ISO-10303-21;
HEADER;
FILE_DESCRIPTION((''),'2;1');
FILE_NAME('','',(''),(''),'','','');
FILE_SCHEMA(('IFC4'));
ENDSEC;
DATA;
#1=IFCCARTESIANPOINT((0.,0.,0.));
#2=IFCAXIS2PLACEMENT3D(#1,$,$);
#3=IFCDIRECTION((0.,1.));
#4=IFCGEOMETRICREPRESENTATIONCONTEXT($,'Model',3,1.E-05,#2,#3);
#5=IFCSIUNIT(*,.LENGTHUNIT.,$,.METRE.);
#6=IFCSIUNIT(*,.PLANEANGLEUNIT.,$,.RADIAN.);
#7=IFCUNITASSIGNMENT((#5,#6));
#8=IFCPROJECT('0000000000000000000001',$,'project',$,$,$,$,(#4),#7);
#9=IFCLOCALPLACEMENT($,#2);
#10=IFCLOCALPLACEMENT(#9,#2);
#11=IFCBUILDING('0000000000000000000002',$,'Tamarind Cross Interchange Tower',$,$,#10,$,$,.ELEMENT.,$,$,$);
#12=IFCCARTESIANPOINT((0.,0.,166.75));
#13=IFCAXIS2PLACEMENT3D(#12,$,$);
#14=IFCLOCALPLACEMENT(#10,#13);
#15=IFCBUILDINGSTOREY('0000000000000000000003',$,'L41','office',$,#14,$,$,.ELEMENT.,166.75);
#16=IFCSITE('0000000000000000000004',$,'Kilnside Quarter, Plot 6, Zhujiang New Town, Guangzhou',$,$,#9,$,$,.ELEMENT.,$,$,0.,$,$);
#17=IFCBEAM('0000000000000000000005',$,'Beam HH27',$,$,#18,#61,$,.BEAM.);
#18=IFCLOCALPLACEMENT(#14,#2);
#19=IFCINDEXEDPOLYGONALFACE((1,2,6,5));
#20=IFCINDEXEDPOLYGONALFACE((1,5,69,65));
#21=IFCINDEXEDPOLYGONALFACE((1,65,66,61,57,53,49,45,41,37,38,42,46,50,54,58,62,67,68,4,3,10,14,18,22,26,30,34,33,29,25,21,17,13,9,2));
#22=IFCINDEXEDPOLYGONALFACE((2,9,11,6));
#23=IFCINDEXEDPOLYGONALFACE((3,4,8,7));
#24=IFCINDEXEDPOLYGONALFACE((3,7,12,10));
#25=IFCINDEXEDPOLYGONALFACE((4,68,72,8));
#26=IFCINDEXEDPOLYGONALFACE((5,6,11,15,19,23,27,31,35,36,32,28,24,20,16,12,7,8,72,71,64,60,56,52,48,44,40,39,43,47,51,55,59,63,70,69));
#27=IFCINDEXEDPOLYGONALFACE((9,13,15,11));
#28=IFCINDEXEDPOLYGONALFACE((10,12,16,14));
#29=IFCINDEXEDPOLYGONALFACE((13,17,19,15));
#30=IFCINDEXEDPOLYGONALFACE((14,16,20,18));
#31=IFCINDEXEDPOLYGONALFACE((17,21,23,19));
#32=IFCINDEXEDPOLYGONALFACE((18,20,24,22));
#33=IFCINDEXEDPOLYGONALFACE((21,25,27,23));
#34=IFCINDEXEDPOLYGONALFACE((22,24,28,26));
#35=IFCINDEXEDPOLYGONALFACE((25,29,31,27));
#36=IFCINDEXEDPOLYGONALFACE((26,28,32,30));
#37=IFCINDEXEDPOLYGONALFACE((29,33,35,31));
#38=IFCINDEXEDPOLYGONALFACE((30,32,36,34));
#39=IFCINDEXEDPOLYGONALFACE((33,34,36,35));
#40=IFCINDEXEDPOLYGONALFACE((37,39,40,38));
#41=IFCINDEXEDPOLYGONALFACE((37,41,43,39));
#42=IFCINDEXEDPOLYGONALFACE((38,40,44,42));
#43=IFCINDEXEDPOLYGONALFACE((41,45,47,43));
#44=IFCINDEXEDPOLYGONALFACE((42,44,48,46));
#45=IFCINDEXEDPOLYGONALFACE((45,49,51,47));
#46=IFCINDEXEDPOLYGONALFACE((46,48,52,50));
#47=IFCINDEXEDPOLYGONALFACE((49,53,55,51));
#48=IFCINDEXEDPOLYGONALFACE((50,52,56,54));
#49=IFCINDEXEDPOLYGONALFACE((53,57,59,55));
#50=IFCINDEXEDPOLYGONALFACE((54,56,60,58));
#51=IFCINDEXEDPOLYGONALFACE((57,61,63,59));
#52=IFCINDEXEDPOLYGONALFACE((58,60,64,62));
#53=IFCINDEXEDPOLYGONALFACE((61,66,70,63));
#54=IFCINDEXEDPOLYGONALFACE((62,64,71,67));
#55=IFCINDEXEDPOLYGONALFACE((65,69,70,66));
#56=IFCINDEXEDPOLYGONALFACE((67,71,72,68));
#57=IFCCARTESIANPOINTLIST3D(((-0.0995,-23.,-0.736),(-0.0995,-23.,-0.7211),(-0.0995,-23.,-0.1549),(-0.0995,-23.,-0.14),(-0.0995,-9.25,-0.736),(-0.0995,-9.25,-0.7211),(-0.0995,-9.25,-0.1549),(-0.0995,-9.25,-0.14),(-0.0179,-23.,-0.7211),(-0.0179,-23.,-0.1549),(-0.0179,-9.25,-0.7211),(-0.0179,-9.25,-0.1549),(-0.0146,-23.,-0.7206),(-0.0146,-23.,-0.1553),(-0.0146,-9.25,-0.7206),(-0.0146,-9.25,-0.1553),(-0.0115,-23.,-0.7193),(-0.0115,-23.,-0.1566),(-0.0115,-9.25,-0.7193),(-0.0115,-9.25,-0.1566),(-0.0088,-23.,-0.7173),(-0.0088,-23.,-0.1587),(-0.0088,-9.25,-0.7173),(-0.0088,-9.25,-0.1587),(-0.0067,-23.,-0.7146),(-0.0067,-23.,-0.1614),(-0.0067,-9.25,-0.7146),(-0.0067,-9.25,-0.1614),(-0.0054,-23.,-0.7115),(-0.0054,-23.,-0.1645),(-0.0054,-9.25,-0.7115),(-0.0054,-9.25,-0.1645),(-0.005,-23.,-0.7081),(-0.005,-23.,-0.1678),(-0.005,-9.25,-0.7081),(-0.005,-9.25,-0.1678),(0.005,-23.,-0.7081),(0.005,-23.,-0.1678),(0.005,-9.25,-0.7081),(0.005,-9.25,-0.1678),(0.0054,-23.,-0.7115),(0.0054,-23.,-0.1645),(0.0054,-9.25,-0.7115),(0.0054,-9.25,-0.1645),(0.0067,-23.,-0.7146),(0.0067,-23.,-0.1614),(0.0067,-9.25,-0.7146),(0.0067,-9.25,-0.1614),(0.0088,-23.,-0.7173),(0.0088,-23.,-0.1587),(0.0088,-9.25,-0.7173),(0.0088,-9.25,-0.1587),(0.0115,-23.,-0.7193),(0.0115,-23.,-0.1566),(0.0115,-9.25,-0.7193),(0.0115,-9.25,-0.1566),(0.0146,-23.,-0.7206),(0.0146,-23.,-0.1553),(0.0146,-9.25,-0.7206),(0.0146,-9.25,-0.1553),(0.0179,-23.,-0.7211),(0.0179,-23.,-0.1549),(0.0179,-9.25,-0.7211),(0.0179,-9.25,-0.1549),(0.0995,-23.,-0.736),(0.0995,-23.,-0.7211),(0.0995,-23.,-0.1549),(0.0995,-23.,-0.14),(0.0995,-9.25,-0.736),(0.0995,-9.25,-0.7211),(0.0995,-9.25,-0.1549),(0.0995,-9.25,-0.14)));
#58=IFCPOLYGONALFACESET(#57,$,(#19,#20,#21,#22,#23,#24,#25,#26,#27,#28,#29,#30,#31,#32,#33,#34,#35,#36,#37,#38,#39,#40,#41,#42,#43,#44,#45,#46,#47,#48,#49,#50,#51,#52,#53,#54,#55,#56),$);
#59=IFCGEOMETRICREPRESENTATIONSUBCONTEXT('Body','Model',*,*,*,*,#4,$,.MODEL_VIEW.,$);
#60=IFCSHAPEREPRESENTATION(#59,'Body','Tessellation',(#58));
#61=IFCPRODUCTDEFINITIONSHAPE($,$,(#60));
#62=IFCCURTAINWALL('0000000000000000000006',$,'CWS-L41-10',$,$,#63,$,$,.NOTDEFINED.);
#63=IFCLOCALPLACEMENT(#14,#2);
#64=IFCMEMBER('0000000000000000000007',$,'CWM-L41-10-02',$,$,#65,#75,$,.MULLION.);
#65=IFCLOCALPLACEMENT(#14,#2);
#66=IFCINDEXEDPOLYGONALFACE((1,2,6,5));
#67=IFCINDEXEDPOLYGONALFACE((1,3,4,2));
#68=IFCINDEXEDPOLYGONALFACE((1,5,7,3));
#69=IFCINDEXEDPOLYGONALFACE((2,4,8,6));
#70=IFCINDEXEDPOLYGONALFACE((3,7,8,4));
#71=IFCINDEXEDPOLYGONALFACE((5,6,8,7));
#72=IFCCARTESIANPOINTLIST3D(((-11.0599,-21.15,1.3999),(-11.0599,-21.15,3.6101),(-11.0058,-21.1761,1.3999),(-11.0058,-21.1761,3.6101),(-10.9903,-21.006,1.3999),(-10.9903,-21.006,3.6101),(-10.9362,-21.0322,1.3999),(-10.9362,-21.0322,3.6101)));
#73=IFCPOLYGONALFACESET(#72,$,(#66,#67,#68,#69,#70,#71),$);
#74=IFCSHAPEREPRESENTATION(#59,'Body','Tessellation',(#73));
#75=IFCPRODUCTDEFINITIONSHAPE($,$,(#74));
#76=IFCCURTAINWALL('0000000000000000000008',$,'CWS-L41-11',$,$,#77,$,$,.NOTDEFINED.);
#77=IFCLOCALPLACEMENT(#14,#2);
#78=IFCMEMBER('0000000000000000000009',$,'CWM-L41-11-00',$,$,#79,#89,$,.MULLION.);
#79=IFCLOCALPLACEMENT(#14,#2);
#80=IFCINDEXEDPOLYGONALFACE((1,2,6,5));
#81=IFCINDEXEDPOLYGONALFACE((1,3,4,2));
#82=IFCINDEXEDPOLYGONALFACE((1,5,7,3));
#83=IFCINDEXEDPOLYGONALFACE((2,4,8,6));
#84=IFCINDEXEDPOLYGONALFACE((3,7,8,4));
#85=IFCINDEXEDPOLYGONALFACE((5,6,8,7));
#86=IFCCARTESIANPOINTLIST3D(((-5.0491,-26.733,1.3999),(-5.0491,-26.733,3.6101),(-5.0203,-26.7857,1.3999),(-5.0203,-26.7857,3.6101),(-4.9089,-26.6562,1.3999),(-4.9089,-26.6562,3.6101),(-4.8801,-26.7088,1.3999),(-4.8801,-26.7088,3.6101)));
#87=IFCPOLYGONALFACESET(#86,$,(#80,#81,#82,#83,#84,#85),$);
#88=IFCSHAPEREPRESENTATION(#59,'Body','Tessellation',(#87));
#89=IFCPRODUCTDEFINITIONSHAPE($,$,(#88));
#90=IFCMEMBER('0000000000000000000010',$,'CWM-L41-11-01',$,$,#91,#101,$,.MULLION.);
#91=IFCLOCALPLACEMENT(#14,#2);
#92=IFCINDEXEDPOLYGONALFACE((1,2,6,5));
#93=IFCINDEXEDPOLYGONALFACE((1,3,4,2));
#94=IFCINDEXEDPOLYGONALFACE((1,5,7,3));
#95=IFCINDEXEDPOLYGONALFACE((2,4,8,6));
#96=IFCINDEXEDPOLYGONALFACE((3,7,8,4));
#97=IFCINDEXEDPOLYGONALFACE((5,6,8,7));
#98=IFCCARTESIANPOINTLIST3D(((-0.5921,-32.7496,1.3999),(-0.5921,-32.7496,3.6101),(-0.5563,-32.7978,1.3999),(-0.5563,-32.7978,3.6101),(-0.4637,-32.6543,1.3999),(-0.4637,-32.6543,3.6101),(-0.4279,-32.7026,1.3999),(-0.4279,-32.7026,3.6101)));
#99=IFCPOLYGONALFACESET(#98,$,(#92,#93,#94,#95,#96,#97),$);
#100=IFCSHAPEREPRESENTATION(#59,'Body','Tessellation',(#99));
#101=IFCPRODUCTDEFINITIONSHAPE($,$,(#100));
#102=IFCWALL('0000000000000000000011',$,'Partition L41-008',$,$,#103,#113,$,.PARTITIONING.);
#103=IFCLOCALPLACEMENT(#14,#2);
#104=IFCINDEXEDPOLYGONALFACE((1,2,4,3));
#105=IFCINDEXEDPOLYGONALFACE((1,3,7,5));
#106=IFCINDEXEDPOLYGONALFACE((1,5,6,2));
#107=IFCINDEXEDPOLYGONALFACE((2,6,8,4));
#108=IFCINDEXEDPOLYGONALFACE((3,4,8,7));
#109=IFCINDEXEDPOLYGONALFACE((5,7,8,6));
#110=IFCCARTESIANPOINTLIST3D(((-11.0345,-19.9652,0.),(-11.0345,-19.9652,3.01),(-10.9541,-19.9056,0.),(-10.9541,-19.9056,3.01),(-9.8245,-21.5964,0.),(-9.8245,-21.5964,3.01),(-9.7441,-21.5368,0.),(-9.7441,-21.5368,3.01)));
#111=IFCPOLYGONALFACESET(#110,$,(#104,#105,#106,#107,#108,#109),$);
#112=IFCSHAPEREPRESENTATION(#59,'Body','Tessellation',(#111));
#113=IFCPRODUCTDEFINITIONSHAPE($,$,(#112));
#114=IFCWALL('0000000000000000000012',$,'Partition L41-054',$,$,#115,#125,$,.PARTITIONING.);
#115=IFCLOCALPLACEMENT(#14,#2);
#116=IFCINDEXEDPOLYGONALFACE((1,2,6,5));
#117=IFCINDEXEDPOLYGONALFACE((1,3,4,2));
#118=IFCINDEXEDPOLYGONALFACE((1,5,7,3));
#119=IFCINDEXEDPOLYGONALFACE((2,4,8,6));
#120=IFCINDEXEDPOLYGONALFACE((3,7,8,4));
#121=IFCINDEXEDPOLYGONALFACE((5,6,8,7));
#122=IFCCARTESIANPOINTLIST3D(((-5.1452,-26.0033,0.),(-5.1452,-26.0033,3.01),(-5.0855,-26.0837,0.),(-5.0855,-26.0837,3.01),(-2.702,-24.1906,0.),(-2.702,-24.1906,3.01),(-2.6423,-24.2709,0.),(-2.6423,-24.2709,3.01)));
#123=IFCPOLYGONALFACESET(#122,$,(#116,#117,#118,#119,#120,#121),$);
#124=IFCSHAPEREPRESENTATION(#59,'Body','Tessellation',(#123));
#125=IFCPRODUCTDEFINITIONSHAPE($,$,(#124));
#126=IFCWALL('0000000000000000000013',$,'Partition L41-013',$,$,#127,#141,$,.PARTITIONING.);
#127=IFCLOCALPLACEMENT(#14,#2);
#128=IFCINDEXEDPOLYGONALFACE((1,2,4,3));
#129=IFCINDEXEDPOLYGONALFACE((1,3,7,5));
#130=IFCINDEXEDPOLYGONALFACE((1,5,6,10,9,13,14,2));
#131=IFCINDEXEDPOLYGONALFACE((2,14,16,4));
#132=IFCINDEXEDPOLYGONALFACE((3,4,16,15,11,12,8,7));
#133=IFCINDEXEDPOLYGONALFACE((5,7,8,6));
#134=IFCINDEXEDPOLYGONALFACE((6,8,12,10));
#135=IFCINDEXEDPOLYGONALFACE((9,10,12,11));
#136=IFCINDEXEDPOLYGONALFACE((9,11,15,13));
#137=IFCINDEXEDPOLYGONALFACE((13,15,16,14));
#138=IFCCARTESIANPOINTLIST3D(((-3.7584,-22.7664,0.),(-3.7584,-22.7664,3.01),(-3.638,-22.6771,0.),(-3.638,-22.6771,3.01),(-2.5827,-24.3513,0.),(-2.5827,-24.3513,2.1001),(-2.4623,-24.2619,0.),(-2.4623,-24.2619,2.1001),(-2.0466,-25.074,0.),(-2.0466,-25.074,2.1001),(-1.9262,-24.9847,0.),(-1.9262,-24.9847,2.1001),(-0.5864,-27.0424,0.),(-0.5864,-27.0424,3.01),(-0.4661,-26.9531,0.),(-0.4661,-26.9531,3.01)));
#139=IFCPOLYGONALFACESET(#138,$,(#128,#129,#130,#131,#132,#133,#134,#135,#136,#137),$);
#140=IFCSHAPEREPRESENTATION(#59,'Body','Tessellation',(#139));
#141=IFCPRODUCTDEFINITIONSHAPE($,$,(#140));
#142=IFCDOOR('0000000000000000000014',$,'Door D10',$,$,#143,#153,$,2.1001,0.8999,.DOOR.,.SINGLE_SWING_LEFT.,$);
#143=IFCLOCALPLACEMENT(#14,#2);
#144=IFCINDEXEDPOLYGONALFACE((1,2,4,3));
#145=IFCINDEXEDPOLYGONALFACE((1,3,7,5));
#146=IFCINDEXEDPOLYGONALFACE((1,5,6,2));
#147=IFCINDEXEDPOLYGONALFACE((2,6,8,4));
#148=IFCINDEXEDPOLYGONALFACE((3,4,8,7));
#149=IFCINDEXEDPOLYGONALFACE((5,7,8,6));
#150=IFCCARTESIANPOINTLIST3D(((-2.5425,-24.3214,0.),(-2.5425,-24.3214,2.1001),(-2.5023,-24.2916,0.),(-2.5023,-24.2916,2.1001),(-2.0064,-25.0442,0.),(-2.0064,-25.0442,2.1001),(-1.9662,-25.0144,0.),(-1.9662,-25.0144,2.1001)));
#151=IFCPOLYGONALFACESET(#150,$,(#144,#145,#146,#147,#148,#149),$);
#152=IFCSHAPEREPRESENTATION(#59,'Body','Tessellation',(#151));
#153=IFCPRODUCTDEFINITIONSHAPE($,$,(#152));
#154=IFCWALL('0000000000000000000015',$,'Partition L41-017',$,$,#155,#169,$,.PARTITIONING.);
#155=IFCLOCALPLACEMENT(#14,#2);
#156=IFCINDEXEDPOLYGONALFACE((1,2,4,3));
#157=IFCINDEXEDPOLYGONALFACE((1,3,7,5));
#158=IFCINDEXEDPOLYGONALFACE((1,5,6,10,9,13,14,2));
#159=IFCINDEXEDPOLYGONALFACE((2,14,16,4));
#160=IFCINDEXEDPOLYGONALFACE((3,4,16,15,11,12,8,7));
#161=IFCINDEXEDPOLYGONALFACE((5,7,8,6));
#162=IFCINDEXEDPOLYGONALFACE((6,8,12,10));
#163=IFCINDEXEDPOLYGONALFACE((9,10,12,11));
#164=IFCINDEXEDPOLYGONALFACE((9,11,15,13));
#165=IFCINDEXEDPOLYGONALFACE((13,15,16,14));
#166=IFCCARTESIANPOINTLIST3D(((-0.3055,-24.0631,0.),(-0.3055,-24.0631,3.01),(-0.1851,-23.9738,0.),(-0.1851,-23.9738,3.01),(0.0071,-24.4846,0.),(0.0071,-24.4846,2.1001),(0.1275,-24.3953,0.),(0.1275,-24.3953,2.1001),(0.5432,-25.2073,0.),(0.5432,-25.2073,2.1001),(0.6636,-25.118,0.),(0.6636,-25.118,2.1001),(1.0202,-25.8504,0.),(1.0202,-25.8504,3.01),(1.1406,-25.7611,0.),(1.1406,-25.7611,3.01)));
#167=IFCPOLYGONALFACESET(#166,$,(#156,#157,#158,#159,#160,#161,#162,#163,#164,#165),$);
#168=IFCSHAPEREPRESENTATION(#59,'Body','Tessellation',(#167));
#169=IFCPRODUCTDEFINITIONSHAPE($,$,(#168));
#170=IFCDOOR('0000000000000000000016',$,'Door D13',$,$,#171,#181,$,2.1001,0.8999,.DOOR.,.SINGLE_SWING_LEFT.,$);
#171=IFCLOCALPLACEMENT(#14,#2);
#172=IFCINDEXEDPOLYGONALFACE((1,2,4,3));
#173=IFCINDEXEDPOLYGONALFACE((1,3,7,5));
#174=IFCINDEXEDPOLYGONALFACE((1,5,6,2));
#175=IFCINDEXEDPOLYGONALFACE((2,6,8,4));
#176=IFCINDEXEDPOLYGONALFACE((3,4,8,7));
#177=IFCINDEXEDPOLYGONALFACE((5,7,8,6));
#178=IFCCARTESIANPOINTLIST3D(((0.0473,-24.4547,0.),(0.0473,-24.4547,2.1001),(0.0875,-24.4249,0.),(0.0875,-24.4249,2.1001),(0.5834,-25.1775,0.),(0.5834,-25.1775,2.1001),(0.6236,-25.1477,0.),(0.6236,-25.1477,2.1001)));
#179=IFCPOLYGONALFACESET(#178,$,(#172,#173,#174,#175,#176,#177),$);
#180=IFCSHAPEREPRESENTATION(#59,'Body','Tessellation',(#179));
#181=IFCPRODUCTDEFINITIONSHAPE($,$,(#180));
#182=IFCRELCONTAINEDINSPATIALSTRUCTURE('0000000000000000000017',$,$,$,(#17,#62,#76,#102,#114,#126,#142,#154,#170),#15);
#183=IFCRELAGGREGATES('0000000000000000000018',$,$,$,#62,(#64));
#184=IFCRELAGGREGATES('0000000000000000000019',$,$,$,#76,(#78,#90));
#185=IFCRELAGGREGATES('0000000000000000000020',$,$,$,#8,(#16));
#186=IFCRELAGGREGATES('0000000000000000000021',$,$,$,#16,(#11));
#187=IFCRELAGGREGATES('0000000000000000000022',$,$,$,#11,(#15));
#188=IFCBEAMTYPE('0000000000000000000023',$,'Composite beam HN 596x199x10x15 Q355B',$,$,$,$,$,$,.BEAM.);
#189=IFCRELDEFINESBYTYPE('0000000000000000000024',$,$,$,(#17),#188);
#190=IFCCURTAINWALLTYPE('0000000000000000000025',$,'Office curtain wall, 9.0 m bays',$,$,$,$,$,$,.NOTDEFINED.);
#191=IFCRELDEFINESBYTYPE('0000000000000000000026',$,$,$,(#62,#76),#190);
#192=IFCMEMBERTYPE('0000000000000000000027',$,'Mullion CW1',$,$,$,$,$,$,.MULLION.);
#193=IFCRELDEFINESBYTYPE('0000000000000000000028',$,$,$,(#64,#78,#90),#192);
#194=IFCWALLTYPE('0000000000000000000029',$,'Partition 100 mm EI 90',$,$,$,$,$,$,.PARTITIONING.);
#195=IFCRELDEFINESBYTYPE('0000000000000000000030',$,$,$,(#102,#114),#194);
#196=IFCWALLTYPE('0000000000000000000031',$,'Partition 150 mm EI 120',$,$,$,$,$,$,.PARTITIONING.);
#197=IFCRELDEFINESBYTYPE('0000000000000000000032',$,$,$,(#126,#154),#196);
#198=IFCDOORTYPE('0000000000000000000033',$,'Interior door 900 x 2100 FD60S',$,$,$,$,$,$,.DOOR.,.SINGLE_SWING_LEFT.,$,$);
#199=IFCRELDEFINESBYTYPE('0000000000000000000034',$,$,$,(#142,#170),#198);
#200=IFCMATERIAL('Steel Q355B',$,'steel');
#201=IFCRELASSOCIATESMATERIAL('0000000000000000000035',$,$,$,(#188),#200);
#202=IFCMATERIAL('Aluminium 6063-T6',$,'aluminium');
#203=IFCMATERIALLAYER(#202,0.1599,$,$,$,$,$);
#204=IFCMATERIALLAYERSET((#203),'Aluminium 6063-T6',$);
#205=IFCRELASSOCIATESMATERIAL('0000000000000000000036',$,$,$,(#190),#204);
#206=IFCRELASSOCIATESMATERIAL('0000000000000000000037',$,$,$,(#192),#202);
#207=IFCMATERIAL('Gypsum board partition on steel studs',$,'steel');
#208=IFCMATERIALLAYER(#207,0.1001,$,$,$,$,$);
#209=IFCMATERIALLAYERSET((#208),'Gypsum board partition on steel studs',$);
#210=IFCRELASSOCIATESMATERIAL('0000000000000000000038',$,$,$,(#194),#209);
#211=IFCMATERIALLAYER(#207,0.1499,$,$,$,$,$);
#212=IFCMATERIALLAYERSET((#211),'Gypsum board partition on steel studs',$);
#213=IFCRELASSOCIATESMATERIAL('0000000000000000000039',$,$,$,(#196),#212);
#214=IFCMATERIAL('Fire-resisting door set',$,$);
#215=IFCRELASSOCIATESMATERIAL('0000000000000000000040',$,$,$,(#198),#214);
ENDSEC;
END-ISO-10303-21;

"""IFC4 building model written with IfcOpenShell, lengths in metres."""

from ifc_helpers import new_model, si_unit, direction, frame, frame_2d, origin, origin_2d, place, context, subcontext, project, spatial, rectangle, i_section, extrude, material, layer, layer_set, material_profile, profile_set, type_object, element, fill, aggregate, save


model = new_model("IFC4")

# Units and contexts
model_context = context("Model", 3, precision=1e-05, world=origin(), true_north=direction((0.0, 1.0)))
body_context = subcontext(model_context, "Body", "Model", "MODEL_VIEW")
ifc_project = project(units=[si_unit("LENGTHUNIT", "METRE"), si_unit("PLANEANGLEUNIT", "RADIAN")], contexts=[model_context])

# Site, building, storey
site_placement = place(None, origin())
site = spatial("IfcSite", under=ifc_project, at=site_placement, Name="Kilnside Quarter, Plot 6, Zhujiang New Town, Guangzhou", CompositionType="ELEMENT", RefElevation=0.0)
building_placement = place(site_placement, origin())
building = spatial("IfcBuilding", under=site, at=building_placement, Name="Tamarind Cross Interchange Tower", CompositionType="ELEMENT")
storey_placement = place(building_placement, frame((0.0, 0.0, 166.75)))
storey = spatial("IfcBuildingStorey", under=building, at=storey_placement, Name="L41", Description="office", CompositionType="ELEMENT", Elevation=166.75)

# Beam
ifc_material_1 = material(Name="Steel Q355B", Category="steel")
ifc_material_profile_1 = material_profile(ifc_material_1, i_section(OverallWidth=0.199, OverallDepth=0.5959, WebThickness=0.01, FlangeThickness=0.0149, FilletRadius=0.0129, at=origin_2d()), Name="HN 596x199x10x15")
ifc_profile_set_1 = profile_set([ifc_material_profile_1], Name="Steel Q355B")
beam_type = type_object("IfcBeamType", Name="Composite beam HN 596x199x10x15 Q355B", PredefinedType="BEAM", material=ifc_profile_set_1)
beam_1_placement = place(storey_placement, frame((0.0, -23.0, -0.438), z_axis=(0.0, 1.0, 0.0), x_axis=(-1.0, 0.0, 0.0)))
element("IfcBeam", 1, at=beam_1_placement, inside=storey, type_object=beam_type, Name="Beam HH27", PredefinedType="BEAM", context=body_context, shape_type="SweptSolid", body=[
    extrude(i_section(OverallWidth=0.199, OverallDepth=0.5959, WebThickness=0.01, FlangeThickness=0.0149, FilletRadius=0.0129, at=origin_2d()), origin(), (0.0, 0.0, 1.0), 13.75),
])

# Curtain wall, member
ifc_material_2 = material(Name="Aluminium 6063-T6", Category="aluminium")
ifc_layer_1 = layer(ifc_material_2, 0.1599)
ifc_layer_set_1 = layer_set([ifc_layer_1], Name="Aluminium 6063-T6")
curtain_wall_type = type_object("IfcCurtainWallType", Name="Office curtain wall, 9.0 m bays", PredefinedType="NOTDEFINED", material=ifc_layer_set_1)
curtain_wall_1_placement = place(storey_placement, origin())
curtain_wall_1 = element("IfcCurtainWall", 2, at=curtain_wall_1_placement, inside=storey, type_object=curtain_wall_type, Name="CWS-L41-10", PredefinedType="NOTDEFINED")
ifc_material_profile_2 = material_profile(ifc_material_2, rectangle(XDim=0.0601, YDim=0.1599, at=origin_2d()), Name="Mullion CW1")
ifc_profile_set_2 = profile_set([ifc_material_profile_2], Name="Aluminium 6063-T6")
member_type = type_object("IfcMemberType", Name="Mullion CW1", PredefinedType="MULLION", material=ifc_profile_set_2)
member_1_placement = place(storey_placement, frame((-10.998, -21.0911, 1.3999), z_axis=(0.0, 0.0, 1.0), x_axis=(0.900273, -0.435326, 0.0)))
member_1 = element("IfcMember", 3, at=member_1_placement, type_object=member_type, Name="CWM-L41-10-02", PredefinedType="MULLION", context=body_context, shape_type="SweptSolid", body=[
    extrude(rectangle(XDim=0.0601, YDim=0.1599, at=origin_2d()), origin(), (0.0, 0.0, 1.0), 2.2102),
])
aggregate(curtain_wall_1, [member_1])

# Curtain wall, members
curtain_wall_2_placement = place(storey_placement, origin())
curtain_wall_2 = element("IfcCurtainWall", 4, at=curtain_wall_2_placement, inside=storey, type_object=curtain_wall_type, Name="CWS-L41-11", PredefinedType="NOTDEFINED")
member_2_placement = place(storey_placement, frame((-4.9646, -26.7209, 1.3999), z_axis=(0.0, 0.0, 1.0), x_axis=(0.48066, -0.876907, 0.0)))
member_2 = element("IfcMember", 5, at=member_2_placement, type_object=member_type, Name="CWM-L41-11-00", PredefinedType="MULLION", context=body_context, shape_type="SweptSolid", body=[
    extrude(rectangle(XDim=0.0601, YDim=0.1599, at=origin_2d()), origin(), (0.0, 0.0, 1.0), 2.2102),
])
member_3_placement = place(storey_placement, frame((-0.51, -32.7261, 1.3999), z_axis=(0.0, 0.0, 1.0), x_axis=(0.595776, -0.80315, 0.0)))
member_3 = element("IfcMember", 6, at=member_3_placement, type_object=member_type, Name="CWM-L41-11-01", PredefinedType="MULLION", context=body_context, shape_type="SweptSolid", body=[
    extrude(rectangle(XDim=0.0601, YDim=0.1599, at=origin_2d()), origin(), (0.0, 0.0, 1.0), 2.2102),
])
aggregate(curtain_wall_2, [member_2, member_3])

# Walls
ifc_material_3 = material(Name="Gypsum board partition on steel studs", Category="steel")
ifc_layer_2 = layer(ifc_material_3, 0.1001)
ifc_layer_set_2 = layer_set([ifc_layer_2], Name="Gypsum board partition on steel studs")
wall_type_1 = type_object("IfcWallType", Name="Partition 100 mm EI 90", PredefinedType="PARTITIONING", material=ifc_layer_set_2)
wall_1_placement = place(storey_placement, frame((-10.9944, -19.9353, 0.0), z_axis=(0.0, 0.0, 1.0), x_axis=(0.595779, -0.803148, 0.0)))
element("IfcWall", 7, at=wall_1_placement, inside=storey, type_object=wall_type_1, Name="Partition L41-008", PredefinedType="PARTITIONING", context=body_context, shape_type="SweptSolid", body=[
    extrude(rectangle(XDim=2.031, YDim=0.1001, at=frame_2d((1.0156, 0.0))), origin(), (0.0, 0.0, 1.0), 3.01),
])
wall_2_placement = place(storey_placement, frame((-5.1152, -26.0435, 0.0), z_axis=(0.0, 0.0, 1.0), x_axis=(0.803081, 0.59587, 0.0)))
element("IfcWall", 8, at=wall_2_placement, inside=storey, type_object=wall_type_1, Name="Partition L41-054", PredefinedType="PARTITIONING", context=body_context, shape_type="SweptSolid", body=[
    extrude(rectangle(XDim=3.0422, YDim=0.1001, at=frame_2d((1.521, 0.0))), origin(), (0.0, 0.0, 1.0), 3.01),
])

# Walls, openings, doors
ifc_layer_3 = layer(ifc_material_3, 0.1499)
ifc_layer_set_3 = layer_set([ifc_layer_3], Name="Gypsum board partition on steel studs")
wall_type_2 = type_object("IfcWallType", Name="Partition 150 mm EI 120", PredefinedType="PARTITIONING", material=ifc_layer_set_3)
wall_3_placement = place(storey_placement, frame((-3.6982, -22.7217, 0.0), z_axis=(0.0, 0.0, 1.0), x_axis=(0.59578, -0.803148, 0.0)))
wall_3 = element("IfcWall", 9, at=wall_3_placement, inside=storey, type_object=wall_type_2, Name="Partition L41-013", PredefinedType="PARTITIONING", context=body_context, shape_type="SweptSolid", body=[
    extrude(rectangle(XDim=5.324, YDim=0.1499, at=frame_2d((2.6621, 0.0))), origin(), (0.0, 0.0, 1.0), 3.01),
])
opening_1_placement = place(wall_3_placement, frame((1.9734, 0.0, 0.0)))
opening_1 = element("IfcOpeningElement", 10, at=opening_1_placement, cuts=wall_3, PredefinedType="OPENING", context=body_context, shape_type="SweptSolid", body=[
    extrude(rectangle(XDim=0.8999, YDim=2.1001, at=frame_2d((0.45, 1.05))), frame((0.0, 0.085, 0.0), z_axis=(0.0, -1.0, 0.0), x_axis=(1.0, 0.0, 0.0)), (0.0, 0.0, 1.0), 0.1699),
])
ifc_material_4 = material(Name="Fire-resisting door set")
door_type_1 = type_object("IfcDoorType", Name="Interior door 900 x 2100 FD60S", OperationType="SINGLE_SWING_LEFT", PredefinedType="DOOR", material=ifc_material_4)
door_1_placement = place(opening_1_placement, frame((0.8999, 0.0, 0.0), z_axis=(0.0, 0.0, 1.0), x_axis=(-1.0, 0.0, 0.0)))
door_1 = element("IfcDoor", 11, at=door_1_placement, inside=storey, type_object=door_type_1, Name="Door D10", OperationType="SINGLE_SWING_LEFT", OverallHeight=2.1001, OverallWidth=0.8999, PredefinedType="DOOR", context=body_context, shape_type="SweptSolid", body=[
    extrude(rectangle(XDim=0.8999, YDim=2.1001, at=frame_2d((0.45, 1.05))), frame((0.0, 0.0249, 0.0), z_axis=(0.0, -1.0, 0.0), x_axis=(1.0, 0.0, 0.0)), (0.0, 0.0, 1.0), 0.05),
])
fill(opening_1, door_1)
wall_4_placement = place(storey_placement, frame((-0.2454, -24.0183, 0.0), z_axis=(0.0, 0.0, 1.0), x_axis=(0.595726, -0.803188, 0.0)))
wall_4 = element("IfcWall", 12, at=wall_4_placement, inside=storey, type_object=wall_type_2, Name="Partition L41-017", PredefinedType="PARTITIONING", context=body_context, shape_type="SweptSolid", body=[
    extrude(rectangle(XDim=2.2253, YDim=0.1499, at=frame_2d((1.1128, 0.0))), origin(), (0.0, 0.0, 1.0), 3.01),
])
opening_2_placement = place(wall_4_placement, frame((0.5249, 0.0, 0.0)))
opening_2 = element("IfcOpeningElement", 13, at=opening_2_placement, cuts=wall_4, PredefinedType="OPENING", context=body_context, shape_type="SweptSolid", body=[
    extrude(rectangle(XDim=0.8999, YDim=2.1001, at=frame_2d((0.45, 1.05))), frame((0.0, 0.085, 0.0), z_axis=(0.0, -1.0, 0.0), x_axis=(1.0, 0.0, 0.0)), (0.0, 0.0, 1.0), 0.1699),
])
door_2_placement = place(opening_2_placement, frame((0.8999, 0.0, 0.0), z_axis=(0.0, 0.0, 1.0), x_axis=(-1.0, 0.0, 0.0)))
door_2 = element("IfcDoor", 14, at=door_2_placement, inside=storey, type_object=door_type_1, Name="Door D13", OperationType="SINGLE_SWING_LEFT", OverallHeight=2.1001, OverallWidth=0.8999, PredefinedType="DOOR", context=body_context, shape_type="SweptSolid", body=[
    extrude(rectangle(XDim=0.8999, YDim=2.1001, at=frame_2d((0.45, 1.05))), frame((0.0, 0.0249, 0.0), z_axis=(0.0, -1.0, 0.0), x_axis=(1.0, 0.0, 0.0)), (0.0, 0.0, 1.0), 0.05),
])
fill(opening_2, door_2)

save(model, "model.ifc")
